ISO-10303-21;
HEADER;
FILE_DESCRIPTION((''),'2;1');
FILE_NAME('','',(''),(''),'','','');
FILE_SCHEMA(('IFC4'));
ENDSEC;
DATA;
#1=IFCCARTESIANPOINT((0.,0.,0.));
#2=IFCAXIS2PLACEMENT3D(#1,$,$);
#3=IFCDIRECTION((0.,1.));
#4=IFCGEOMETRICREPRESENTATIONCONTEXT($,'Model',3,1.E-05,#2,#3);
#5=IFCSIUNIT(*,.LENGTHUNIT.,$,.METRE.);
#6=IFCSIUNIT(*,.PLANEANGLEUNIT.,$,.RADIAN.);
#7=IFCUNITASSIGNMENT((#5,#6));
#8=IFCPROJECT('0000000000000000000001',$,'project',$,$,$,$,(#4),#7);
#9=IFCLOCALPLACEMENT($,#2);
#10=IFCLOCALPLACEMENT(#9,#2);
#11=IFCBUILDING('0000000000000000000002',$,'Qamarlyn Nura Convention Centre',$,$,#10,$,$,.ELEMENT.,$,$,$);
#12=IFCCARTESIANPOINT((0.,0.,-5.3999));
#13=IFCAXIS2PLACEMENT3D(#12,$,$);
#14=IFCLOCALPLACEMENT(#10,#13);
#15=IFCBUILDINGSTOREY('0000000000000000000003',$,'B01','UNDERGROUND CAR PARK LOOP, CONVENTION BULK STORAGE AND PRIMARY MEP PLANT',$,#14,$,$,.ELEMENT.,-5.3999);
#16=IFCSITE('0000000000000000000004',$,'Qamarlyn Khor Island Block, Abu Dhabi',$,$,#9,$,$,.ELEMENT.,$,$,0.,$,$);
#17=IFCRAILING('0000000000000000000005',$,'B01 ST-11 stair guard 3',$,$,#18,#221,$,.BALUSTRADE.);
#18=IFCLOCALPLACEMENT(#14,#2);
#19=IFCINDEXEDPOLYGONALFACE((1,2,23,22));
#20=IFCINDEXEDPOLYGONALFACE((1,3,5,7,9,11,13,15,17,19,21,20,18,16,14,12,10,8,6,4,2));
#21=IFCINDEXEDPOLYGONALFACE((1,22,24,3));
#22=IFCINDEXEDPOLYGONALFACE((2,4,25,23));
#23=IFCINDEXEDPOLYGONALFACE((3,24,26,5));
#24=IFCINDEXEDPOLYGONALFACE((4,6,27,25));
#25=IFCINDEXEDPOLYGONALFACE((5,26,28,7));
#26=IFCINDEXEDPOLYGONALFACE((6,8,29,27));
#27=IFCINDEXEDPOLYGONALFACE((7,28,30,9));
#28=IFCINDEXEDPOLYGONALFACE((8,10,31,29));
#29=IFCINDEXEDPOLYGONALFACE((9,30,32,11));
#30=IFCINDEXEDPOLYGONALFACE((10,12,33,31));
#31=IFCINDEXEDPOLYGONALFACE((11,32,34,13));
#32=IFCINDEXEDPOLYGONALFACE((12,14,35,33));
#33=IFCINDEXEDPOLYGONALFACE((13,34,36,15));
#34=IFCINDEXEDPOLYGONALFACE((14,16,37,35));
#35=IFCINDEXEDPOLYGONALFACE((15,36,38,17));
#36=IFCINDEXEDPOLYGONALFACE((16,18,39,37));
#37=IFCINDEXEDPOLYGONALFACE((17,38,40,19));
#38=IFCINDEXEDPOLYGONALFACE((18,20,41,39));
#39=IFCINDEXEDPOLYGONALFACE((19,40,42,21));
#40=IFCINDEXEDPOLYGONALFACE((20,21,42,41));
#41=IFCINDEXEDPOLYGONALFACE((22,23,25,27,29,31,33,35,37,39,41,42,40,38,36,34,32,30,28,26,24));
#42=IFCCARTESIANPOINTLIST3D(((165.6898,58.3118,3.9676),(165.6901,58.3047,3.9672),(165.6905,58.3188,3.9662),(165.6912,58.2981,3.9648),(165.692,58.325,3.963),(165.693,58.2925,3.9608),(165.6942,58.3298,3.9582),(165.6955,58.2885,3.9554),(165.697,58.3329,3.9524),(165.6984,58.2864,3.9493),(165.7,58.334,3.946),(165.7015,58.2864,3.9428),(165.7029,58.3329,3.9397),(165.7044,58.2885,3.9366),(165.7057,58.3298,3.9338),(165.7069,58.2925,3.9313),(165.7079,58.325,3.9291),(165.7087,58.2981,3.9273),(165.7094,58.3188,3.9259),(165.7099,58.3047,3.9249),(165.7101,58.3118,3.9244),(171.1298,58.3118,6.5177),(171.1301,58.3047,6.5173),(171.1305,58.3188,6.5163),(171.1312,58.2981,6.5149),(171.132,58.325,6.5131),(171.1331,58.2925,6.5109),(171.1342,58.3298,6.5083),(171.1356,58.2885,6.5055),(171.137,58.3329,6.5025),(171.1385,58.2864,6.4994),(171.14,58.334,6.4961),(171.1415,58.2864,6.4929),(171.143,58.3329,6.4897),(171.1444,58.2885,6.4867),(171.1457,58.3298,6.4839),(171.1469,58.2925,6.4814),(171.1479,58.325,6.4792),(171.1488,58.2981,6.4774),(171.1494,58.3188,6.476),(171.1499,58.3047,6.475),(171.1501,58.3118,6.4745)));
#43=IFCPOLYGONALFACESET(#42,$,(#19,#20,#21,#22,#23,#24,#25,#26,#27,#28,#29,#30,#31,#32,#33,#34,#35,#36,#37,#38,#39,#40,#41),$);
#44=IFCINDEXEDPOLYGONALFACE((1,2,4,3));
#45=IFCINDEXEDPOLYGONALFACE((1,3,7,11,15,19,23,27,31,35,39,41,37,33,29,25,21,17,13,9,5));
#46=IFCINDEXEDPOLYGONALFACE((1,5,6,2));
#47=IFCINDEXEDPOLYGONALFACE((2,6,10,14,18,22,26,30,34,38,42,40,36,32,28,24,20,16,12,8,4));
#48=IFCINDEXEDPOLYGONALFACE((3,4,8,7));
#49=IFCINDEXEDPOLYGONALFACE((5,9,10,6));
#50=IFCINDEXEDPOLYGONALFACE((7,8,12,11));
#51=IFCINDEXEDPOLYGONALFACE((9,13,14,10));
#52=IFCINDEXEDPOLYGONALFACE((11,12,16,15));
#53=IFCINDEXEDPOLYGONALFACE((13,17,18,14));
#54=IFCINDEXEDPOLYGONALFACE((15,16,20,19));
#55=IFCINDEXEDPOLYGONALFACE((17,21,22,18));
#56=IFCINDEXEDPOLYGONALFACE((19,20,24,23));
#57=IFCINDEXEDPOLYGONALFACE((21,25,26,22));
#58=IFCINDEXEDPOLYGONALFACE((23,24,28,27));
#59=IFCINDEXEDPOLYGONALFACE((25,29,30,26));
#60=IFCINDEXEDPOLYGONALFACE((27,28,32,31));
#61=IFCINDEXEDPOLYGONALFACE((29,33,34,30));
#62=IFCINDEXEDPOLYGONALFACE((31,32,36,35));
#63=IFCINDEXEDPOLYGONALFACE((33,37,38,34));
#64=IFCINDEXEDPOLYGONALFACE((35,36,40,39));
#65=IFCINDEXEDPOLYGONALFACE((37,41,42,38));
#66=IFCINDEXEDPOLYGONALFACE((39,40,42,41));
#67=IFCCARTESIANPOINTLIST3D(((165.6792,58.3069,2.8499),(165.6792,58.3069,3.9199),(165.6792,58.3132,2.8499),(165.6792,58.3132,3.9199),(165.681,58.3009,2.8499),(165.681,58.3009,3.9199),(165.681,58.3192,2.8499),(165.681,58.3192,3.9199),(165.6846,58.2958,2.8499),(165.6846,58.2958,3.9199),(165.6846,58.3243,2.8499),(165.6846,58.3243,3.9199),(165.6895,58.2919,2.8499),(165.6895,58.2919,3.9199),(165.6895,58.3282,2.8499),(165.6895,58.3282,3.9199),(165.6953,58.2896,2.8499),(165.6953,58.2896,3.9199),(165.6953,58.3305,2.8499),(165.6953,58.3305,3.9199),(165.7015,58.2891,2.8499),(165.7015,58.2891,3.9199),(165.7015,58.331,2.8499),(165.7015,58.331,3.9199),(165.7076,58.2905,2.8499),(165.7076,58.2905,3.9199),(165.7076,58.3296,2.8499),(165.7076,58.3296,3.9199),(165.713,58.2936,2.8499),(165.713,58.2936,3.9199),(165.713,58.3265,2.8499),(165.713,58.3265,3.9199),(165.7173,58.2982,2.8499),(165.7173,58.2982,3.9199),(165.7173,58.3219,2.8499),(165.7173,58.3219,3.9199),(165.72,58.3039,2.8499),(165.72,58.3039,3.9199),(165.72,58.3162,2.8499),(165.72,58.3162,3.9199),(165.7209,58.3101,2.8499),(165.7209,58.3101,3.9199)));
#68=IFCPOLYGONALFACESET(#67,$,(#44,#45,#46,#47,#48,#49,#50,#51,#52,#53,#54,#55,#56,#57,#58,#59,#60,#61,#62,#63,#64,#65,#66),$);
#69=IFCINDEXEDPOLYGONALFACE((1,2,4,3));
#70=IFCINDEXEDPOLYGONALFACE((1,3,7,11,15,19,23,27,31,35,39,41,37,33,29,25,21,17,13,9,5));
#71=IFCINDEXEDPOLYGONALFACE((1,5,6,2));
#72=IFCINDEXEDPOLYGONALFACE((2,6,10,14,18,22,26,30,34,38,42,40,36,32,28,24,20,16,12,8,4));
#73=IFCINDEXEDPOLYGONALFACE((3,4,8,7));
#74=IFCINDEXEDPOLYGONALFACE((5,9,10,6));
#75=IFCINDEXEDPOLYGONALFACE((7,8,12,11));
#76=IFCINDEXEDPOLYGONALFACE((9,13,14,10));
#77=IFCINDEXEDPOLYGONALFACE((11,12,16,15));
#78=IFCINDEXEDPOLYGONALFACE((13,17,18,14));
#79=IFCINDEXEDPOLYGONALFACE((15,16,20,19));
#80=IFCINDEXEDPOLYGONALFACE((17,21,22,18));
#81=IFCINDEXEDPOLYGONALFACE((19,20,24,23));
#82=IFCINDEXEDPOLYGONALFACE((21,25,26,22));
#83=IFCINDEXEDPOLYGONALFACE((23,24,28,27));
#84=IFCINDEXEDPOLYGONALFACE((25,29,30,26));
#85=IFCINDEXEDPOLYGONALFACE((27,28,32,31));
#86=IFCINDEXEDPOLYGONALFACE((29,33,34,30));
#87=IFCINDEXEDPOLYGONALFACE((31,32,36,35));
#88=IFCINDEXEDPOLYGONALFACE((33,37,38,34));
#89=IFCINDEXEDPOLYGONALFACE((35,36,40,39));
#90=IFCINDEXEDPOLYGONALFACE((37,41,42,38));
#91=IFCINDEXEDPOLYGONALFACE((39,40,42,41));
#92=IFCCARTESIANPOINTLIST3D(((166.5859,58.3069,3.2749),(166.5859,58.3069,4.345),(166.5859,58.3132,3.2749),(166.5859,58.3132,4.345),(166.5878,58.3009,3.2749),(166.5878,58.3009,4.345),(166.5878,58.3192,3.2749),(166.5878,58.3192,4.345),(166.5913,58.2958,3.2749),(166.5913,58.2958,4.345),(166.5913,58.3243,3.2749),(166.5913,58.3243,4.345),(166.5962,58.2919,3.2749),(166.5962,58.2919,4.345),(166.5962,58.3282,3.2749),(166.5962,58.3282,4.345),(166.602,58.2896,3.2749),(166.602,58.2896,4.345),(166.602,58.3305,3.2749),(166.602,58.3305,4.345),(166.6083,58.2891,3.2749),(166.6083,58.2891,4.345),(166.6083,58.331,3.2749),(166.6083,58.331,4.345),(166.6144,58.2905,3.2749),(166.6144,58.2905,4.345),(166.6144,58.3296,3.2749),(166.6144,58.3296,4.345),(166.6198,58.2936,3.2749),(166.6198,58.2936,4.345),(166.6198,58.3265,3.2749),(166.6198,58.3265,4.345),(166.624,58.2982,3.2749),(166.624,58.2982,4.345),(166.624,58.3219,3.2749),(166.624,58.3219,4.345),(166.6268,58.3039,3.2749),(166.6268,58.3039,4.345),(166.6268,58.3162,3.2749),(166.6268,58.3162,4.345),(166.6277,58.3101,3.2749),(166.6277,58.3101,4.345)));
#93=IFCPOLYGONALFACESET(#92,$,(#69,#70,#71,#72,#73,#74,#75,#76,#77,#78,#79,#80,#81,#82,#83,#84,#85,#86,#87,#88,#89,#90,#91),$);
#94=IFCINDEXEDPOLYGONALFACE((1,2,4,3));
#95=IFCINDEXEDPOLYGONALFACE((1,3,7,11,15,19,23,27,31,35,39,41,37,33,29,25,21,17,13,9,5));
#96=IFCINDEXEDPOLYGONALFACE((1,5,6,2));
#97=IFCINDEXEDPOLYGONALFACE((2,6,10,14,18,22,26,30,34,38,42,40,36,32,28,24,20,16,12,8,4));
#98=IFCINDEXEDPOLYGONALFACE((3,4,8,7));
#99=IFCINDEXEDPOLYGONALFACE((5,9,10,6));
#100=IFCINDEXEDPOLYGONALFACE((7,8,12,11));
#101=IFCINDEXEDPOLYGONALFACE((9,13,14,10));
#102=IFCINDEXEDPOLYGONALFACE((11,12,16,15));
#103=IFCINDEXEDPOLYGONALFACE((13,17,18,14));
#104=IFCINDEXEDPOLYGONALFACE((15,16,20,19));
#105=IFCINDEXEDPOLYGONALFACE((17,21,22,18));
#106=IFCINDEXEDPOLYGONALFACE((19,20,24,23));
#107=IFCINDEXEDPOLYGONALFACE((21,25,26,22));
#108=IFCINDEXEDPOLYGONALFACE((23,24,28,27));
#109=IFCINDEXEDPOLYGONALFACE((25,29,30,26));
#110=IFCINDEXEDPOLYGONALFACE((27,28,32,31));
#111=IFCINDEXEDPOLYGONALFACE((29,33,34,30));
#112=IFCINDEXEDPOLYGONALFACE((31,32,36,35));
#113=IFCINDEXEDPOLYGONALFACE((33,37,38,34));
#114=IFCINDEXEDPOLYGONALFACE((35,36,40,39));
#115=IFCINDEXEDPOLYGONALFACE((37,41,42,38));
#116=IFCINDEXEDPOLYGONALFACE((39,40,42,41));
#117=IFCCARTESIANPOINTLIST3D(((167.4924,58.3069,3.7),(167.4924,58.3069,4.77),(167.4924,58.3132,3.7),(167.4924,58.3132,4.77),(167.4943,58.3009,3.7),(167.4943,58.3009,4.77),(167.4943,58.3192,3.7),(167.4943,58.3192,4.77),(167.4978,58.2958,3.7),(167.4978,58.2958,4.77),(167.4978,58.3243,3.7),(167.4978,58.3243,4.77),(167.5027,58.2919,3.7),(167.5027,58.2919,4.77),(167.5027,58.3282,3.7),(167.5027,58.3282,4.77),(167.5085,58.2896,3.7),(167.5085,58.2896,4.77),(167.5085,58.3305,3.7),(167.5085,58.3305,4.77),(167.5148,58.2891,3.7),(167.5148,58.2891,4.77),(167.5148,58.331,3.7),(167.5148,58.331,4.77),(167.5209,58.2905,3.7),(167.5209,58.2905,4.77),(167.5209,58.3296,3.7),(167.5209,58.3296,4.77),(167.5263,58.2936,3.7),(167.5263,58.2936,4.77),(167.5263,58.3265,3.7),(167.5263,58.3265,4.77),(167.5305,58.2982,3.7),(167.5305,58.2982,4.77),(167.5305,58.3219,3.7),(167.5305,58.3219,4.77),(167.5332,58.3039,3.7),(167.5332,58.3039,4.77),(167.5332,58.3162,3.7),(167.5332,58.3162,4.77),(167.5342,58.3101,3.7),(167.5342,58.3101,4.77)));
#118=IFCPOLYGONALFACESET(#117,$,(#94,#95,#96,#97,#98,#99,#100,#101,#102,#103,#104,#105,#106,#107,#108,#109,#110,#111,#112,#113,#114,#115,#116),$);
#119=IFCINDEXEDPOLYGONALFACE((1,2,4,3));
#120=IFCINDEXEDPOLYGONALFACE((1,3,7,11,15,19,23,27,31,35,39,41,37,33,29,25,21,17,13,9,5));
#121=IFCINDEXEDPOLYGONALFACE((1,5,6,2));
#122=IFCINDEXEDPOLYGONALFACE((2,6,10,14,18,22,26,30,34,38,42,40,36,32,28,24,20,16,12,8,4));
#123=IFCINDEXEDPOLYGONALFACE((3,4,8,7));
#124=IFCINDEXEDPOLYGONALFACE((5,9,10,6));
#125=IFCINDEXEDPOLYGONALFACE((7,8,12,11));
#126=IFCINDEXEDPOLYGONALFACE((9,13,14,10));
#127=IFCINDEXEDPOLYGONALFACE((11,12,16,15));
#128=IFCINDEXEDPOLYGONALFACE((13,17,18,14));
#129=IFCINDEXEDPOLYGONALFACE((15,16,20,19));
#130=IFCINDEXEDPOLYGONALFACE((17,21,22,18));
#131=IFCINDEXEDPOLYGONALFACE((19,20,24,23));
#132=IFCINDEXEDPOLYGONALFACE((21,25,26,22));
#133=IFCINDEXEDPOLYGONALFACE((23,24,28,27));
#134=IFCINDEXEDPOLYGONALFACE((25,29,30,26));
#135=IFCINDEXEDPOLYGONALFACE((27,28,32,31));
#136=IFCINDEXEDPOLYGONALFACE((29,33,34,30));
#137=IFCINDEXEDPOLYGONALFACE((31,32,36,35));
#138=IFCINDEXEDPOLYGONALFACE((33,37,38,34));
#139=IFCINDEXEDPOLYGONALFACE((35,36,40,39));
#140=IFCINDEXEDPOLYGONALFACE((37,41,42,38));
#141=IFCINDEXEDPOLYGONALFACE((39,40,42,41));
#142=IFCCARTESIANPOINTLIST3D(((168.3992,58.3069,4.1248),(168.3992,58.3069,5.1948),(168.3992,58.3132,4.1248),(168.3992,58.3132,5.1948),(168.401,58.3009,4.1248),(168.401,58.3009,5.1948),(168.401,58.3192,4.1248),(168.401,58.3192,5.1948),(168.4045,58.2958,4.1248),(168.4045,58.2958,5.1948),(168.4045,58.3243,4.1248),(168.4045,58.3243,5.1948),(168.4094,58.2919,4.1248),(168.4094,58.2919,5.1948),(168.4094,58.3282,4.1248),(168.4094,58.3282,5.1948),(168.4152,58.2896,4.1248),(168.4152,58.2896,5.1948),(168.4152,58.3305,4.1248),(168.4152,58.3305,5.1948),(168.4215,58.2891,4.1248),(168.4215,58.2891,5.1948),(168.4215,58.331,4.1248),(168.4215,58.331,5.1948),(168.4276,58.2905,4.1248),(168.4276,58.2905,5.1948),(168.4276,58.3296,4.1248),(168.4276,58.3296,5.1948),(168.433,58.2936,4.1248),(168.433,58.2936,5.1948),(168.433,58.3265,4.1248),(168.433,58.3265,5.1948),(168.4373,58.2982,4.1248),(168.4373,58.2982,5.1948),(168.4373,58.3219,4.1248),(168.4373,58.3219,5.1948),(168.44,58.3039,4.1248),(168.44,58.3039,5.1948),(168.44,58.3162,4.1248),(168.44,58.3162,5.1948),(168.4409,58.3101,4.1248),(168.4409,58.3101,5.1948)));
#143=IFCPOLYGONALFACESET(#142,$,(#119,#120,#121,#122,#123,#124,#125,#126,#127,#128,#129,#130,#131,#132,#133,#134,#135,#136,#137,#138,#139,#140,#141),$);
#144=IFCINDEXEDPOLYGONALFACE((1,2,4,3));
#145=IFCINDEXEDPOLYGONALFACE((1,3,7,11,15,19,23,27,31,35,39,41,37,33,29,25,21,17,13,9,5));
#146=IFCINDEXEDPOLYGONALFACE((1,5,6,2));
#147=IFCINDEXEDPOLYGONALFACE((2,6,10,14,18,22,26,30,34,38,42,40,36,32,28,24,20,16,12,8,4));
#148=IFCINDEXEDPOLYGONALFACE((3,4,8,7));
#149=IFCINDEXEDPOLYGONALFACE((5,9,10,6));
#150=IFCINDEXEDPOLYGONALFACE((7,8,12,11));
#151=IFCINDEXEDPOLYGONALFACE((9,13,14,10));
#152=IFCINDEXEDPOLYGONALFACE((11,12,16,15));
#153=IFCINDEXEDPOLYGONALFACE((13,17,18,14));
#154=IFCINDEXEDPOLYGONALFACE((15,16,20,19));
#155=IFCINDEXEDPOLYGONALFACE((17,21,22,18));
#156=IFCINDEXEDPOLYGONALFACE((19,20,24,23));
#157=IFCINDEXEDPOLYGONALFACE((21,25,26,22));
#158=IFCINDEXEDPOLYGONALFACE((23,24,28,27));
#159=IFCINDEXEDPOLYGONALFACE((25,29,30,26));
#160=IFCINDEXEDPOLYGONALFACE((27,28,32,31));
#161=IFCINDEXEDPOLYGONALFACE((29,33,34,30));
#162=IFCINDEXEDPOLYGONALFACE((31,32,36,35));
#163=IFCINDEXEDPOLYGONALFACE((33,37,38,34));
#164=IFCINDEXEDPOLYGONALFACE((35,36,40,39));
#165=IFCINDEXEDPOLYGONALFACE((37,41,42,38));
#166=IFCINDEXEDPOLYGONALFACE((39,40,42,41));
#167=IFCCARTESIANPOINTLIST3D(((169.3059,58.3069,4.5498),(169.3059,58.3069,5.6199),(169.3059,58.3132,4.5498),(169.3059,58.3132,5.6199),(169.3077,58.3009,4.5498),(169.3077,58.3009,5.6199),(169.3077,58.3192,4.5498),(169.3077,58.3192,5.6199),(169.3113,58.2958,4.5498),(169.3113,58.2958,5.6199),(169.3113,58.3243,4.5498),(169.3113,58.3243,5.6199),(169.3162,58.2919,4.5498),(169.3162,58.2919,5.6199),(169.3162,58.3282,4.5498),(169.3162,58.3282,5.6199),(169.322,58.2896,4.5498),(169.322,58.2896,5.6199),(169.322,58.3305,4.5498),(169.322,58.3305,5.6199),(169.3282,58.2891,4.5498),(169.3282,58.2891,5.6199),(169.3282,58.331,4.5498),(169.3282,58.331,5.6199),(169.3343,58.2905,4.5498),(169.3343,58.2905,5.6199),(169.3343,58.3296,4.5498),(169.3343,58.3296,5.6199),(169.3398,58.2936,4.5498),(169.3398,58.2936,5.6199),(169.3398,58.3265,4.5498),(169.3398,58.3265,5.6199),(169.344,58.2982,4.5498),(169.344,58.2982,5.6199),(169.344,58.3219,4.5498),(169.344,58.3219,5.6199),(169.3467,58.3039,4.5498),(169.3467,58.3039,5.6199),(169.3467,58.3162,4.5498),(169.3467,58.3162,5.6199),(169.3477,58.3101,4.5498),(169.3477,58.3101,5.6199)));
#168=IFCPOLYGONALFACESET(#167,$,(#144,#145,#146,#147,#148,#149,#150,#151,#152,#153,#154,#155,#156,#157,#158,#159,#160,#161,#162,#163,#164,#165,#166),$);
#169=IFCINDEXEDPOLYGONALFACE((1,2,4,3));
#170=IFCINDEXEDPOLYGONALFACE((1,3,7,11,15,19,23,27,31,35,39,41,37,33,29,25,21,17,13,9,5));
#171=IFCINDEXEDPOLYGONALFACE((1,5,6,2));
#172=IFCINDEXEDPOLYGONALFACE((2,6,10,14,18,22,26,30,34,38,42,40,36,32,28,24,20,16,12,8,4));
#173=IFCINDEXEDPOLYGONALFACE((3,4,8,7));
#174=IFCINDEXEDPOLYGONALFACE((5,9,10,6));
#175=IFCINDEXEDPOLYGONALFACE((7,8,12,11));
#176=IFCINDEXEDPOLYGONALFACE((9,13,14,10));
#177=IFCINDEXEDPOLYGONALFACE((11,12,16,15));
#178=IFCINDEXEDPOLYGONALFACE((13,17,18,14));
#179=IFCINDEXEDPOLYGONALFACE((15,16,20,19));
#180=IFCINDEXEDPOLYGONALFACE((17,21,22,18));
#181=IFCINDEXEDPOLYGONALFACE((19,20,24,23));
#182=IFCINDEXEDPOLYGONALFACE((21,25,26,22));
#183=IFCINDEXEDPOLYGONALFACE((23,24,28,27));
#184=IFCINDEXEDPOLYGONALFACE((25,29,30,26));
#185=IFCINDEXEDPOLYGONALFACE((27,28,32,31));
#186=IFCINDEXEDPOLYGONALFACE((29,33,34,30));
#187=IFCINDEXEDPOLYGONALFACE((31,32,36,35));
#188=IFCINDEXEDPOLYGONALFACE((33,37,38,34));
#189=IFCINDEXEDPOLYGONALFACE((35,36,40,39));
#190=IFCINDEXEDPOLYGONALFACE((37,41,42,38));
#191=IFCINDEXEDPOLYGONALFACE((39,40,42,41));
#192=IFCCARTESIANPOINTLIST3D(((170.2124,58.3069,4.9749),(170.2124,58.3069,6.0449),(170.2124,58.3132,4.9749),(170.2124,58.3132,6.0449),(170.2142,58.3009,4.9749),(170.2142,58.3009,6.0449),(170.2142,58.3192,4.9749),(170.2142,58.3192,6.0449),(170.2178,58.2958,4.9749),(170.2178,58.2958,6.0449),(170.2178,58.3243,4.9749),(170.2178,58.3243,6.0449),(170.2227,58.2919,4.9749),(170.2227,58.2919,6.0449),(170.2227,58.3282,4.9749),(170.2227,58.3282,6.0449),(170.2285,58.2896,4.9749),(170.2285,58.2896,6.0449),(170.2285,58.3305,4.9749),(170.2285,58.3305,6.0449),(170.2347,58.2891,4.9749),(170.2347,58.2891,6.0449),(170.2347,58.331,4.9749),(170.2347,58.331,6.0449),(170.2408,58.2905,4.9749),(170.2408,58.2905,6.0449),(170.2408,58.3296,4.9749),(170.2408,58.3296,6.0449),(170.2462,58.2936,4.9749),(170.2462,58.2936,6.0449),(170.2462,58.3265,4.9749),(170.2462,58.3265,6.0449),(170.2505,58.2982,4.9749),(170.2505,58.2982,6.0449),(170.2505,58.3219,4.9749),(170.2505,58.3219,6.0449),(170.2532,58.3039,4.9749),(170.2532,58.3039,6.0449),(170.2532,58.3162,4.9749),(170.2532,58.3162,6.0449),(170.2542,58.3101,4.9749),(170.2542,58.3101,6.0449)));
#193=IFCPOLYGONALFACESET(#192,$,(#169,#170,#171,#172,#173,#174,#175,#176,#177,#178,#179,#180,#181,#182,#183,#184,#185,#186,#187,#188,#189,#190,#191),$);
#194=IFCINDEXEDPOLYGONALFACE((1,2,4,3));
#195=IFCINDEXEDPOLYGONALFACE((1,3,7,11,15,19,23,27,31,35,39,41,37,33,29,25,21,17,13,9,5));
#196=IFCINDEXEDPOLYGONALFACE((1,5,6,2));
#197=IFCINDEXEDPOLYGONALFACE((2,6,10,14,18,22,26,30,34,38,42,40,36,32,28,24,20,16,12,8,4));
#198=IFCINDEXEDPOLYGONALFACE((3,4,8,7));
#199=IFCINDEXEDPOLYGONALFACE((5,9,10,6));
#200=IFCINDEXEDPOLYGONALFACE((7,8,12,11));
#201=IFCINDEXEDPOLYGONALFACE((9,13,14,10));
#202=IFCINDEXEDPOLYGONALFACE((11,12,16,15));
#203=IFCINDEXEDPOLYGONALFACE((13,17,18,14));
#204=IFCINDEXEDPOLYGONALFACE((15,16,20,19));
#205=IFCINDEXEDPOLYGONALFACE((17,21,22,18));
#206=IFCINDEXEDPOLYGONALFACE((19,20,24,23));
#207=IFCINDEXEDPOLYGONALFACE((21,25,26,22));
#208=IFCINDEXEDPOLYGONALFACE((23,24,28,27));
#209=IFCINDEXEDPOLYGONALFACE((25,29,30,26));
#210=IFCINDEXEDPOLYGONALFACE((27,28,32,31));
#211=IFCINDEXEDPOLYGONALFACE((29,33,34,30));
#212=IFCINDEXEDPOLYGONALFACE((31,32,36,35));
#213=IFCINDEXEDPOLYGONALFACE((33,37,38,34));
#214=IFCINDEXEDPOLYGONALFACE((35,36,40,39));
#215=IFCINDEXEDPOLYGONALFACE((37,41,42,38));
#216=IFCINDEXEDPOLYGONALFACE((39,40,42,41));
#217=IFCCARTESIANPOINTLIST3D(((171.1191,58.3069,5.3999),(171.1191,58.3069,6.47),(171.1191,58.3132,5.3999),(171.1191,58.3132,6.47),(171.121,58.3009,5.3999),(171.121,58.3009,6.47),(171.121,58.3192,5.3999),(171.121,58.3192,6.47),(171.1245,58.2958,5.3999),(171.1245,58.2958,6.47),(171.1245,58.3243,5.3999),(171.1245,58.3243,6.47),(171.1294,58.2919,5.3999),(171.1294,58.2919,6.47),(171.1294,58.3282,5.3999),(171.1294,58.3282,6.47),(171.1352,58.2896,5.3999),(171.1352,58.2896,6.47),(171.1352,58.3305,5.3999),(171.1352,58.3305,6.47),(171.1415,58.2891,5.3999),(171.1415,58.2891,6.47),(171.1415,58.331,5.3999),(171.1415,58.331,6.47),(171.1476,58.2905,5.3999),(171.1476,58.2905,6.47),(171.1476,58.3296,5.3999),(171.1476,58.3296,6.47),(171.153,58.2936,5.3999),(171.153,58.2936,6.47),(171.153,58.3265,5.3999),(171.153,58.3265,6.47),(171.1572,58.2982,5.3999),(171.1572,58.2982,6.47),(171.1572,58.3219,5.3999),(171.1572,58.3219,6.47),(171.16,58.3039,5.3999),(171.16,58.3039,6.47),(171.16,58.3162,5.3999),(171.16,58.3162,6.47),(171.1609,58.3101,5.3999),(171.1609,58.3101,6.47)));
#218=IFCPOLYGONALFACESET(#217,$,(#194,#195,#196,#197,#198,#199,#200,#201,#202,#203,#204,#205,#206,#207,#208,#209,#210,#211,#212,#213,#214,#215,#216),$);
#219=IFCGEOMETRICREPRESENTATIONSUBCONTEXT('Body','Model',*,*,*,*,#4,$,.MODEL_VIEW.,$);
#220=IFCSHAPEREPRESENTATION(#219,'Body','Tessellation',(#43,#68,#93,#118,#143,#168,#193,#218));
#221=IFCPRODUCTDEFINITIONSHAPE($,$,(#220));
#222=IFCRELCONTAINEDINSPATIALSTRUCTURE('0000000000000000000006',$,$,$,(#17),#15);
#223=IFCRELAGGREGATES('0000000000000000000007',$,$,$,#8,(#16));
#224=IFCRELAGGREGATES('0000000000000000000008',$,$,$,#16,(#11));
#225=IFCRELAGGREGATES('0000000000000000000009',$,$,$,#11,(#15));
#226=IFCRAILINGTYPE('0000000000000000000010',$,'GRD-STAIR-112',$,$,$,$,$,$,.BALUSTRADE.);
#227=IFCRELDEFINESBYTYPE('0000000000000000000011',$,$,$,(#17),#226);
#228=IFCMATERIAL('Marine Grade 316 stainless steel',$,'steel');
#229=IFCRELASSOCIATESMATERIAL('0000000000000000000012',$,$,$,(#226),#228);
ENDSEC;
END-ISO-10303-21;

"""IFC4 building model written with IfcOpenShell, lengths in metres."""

from ifc_helpers import new_model, si_unit, direction, frame, origin, origin_2d, place, context, subcontext, project, spatial, circle, extrude, material, type_object, element, save


model = new_model("IFC4")

# Units and contexts
model_context = context("Model", 3, precision=1e-05, world=origin(), true_north=direction((0.0, 1.0)))
body_context = subcontext(model_context, "Body", "Model", "MODEL_VIEW")
ifc_project = project(units=[si_unit("LENGTHUNIT", "METRE"), si_unit("PLANEANGLEUNIT", "RADIAN")], contexts=[model_context])

# Site, building, storey
site_placement = place(None, origin())
site = spatial("IfcSite", under=ifc_project, at=site_placement, Name="Qamarlyn Khor Island Block, Abu Dhabi", CompositionType="ELEMENT", RefElevation=0.0)
building_placement = place(site_placement, origin())
building = spatial("IfcBuilding", under=site, at=building_placement, Name="Qamarlyn Nura Convention Centre", CompositionType="ELEMENT")
storey_placement = place(building_placement, frame((0.0, 0.0, -5.3999)))
storey = spatial("IfcBuildingStorey", under=building, at=storey_placement, Name="B01", Description="UNDERGROUND CAR PARK LOOP, CONVENTION BULK STORAGE AND PRIMARY MEP PLANT", CompositionType="ELEMENT", Elevation=-5.3999)

# Shared definitions
ifc_material_1 = material(Name="Marine Grade 316 stainless steel", Category="steel")

# Railing
railing_type_1 = type_object("IfcRailingType", Name="GRD-STAIR-112", PredefinedType="BALUSTRADE", material=ifc_material_1)
railing_1_placement = place(storey_placement, frame((165.7, 58.3101, 2.8499)))
element("IfcRailing", 1, at=railing_1_placement, inside=storey, type_object=railing_type_1, Name="B01 ST-11 stair guard 3", PredefinedType="BALUSTRADE", context=body_context, shape_type="SweptSolid", body=[
    extrude(circle(Radius=0.0239, at=origin_2d()), frame((0.0, 0.0, 1.0962), z_axis=(0.905454, 0.0, 0.424444), x_axis=(0.0, 1.0, 0.0)), (0.0, 0.0, 1.0), 6.0081),
    extrude(circle(Radius=0.021, at=origin_2d()), origin(), (0.0, 0.0, 1.0), 1.0701),
    extrude(circle(Radius=0.021, at=origin_2d()), frame((0.9067, 0.0, 0.425)), (0.0, 0.0, 1.0), 1.0701),
    extrude(circle(Radius=0.021, at=origin_2d()), frame((1.8132, 0.0, 0.8501)), (0.0, 0.0, 1.0), 1.0701),
    extrude(circle(Radius=0.021, at=origin_2d()), frame((2.72, 0.0, 1.2749)), (0.0, 0.0, 1.0), 1.0701),
    extrude(circle(Radius=0.021, at=origin_2d()), frame((3.6267, 0.0, 1.7)), (0.0, 0.0, 1.0), 1.0701),
    extrude(circle(Radius=0.021, at=origin_2d()), frame((4.5332, 0.0, 2.125)), (0.0, 0.0, 1.0), 1.0701),
    extrude(circle(Radius=0.021, at=origin_2d()), frame((5.4399, 0.0, 2.55)), (0.0, 0.0, 1.0), 1.0701),
])

save(model, "model.ifc")
